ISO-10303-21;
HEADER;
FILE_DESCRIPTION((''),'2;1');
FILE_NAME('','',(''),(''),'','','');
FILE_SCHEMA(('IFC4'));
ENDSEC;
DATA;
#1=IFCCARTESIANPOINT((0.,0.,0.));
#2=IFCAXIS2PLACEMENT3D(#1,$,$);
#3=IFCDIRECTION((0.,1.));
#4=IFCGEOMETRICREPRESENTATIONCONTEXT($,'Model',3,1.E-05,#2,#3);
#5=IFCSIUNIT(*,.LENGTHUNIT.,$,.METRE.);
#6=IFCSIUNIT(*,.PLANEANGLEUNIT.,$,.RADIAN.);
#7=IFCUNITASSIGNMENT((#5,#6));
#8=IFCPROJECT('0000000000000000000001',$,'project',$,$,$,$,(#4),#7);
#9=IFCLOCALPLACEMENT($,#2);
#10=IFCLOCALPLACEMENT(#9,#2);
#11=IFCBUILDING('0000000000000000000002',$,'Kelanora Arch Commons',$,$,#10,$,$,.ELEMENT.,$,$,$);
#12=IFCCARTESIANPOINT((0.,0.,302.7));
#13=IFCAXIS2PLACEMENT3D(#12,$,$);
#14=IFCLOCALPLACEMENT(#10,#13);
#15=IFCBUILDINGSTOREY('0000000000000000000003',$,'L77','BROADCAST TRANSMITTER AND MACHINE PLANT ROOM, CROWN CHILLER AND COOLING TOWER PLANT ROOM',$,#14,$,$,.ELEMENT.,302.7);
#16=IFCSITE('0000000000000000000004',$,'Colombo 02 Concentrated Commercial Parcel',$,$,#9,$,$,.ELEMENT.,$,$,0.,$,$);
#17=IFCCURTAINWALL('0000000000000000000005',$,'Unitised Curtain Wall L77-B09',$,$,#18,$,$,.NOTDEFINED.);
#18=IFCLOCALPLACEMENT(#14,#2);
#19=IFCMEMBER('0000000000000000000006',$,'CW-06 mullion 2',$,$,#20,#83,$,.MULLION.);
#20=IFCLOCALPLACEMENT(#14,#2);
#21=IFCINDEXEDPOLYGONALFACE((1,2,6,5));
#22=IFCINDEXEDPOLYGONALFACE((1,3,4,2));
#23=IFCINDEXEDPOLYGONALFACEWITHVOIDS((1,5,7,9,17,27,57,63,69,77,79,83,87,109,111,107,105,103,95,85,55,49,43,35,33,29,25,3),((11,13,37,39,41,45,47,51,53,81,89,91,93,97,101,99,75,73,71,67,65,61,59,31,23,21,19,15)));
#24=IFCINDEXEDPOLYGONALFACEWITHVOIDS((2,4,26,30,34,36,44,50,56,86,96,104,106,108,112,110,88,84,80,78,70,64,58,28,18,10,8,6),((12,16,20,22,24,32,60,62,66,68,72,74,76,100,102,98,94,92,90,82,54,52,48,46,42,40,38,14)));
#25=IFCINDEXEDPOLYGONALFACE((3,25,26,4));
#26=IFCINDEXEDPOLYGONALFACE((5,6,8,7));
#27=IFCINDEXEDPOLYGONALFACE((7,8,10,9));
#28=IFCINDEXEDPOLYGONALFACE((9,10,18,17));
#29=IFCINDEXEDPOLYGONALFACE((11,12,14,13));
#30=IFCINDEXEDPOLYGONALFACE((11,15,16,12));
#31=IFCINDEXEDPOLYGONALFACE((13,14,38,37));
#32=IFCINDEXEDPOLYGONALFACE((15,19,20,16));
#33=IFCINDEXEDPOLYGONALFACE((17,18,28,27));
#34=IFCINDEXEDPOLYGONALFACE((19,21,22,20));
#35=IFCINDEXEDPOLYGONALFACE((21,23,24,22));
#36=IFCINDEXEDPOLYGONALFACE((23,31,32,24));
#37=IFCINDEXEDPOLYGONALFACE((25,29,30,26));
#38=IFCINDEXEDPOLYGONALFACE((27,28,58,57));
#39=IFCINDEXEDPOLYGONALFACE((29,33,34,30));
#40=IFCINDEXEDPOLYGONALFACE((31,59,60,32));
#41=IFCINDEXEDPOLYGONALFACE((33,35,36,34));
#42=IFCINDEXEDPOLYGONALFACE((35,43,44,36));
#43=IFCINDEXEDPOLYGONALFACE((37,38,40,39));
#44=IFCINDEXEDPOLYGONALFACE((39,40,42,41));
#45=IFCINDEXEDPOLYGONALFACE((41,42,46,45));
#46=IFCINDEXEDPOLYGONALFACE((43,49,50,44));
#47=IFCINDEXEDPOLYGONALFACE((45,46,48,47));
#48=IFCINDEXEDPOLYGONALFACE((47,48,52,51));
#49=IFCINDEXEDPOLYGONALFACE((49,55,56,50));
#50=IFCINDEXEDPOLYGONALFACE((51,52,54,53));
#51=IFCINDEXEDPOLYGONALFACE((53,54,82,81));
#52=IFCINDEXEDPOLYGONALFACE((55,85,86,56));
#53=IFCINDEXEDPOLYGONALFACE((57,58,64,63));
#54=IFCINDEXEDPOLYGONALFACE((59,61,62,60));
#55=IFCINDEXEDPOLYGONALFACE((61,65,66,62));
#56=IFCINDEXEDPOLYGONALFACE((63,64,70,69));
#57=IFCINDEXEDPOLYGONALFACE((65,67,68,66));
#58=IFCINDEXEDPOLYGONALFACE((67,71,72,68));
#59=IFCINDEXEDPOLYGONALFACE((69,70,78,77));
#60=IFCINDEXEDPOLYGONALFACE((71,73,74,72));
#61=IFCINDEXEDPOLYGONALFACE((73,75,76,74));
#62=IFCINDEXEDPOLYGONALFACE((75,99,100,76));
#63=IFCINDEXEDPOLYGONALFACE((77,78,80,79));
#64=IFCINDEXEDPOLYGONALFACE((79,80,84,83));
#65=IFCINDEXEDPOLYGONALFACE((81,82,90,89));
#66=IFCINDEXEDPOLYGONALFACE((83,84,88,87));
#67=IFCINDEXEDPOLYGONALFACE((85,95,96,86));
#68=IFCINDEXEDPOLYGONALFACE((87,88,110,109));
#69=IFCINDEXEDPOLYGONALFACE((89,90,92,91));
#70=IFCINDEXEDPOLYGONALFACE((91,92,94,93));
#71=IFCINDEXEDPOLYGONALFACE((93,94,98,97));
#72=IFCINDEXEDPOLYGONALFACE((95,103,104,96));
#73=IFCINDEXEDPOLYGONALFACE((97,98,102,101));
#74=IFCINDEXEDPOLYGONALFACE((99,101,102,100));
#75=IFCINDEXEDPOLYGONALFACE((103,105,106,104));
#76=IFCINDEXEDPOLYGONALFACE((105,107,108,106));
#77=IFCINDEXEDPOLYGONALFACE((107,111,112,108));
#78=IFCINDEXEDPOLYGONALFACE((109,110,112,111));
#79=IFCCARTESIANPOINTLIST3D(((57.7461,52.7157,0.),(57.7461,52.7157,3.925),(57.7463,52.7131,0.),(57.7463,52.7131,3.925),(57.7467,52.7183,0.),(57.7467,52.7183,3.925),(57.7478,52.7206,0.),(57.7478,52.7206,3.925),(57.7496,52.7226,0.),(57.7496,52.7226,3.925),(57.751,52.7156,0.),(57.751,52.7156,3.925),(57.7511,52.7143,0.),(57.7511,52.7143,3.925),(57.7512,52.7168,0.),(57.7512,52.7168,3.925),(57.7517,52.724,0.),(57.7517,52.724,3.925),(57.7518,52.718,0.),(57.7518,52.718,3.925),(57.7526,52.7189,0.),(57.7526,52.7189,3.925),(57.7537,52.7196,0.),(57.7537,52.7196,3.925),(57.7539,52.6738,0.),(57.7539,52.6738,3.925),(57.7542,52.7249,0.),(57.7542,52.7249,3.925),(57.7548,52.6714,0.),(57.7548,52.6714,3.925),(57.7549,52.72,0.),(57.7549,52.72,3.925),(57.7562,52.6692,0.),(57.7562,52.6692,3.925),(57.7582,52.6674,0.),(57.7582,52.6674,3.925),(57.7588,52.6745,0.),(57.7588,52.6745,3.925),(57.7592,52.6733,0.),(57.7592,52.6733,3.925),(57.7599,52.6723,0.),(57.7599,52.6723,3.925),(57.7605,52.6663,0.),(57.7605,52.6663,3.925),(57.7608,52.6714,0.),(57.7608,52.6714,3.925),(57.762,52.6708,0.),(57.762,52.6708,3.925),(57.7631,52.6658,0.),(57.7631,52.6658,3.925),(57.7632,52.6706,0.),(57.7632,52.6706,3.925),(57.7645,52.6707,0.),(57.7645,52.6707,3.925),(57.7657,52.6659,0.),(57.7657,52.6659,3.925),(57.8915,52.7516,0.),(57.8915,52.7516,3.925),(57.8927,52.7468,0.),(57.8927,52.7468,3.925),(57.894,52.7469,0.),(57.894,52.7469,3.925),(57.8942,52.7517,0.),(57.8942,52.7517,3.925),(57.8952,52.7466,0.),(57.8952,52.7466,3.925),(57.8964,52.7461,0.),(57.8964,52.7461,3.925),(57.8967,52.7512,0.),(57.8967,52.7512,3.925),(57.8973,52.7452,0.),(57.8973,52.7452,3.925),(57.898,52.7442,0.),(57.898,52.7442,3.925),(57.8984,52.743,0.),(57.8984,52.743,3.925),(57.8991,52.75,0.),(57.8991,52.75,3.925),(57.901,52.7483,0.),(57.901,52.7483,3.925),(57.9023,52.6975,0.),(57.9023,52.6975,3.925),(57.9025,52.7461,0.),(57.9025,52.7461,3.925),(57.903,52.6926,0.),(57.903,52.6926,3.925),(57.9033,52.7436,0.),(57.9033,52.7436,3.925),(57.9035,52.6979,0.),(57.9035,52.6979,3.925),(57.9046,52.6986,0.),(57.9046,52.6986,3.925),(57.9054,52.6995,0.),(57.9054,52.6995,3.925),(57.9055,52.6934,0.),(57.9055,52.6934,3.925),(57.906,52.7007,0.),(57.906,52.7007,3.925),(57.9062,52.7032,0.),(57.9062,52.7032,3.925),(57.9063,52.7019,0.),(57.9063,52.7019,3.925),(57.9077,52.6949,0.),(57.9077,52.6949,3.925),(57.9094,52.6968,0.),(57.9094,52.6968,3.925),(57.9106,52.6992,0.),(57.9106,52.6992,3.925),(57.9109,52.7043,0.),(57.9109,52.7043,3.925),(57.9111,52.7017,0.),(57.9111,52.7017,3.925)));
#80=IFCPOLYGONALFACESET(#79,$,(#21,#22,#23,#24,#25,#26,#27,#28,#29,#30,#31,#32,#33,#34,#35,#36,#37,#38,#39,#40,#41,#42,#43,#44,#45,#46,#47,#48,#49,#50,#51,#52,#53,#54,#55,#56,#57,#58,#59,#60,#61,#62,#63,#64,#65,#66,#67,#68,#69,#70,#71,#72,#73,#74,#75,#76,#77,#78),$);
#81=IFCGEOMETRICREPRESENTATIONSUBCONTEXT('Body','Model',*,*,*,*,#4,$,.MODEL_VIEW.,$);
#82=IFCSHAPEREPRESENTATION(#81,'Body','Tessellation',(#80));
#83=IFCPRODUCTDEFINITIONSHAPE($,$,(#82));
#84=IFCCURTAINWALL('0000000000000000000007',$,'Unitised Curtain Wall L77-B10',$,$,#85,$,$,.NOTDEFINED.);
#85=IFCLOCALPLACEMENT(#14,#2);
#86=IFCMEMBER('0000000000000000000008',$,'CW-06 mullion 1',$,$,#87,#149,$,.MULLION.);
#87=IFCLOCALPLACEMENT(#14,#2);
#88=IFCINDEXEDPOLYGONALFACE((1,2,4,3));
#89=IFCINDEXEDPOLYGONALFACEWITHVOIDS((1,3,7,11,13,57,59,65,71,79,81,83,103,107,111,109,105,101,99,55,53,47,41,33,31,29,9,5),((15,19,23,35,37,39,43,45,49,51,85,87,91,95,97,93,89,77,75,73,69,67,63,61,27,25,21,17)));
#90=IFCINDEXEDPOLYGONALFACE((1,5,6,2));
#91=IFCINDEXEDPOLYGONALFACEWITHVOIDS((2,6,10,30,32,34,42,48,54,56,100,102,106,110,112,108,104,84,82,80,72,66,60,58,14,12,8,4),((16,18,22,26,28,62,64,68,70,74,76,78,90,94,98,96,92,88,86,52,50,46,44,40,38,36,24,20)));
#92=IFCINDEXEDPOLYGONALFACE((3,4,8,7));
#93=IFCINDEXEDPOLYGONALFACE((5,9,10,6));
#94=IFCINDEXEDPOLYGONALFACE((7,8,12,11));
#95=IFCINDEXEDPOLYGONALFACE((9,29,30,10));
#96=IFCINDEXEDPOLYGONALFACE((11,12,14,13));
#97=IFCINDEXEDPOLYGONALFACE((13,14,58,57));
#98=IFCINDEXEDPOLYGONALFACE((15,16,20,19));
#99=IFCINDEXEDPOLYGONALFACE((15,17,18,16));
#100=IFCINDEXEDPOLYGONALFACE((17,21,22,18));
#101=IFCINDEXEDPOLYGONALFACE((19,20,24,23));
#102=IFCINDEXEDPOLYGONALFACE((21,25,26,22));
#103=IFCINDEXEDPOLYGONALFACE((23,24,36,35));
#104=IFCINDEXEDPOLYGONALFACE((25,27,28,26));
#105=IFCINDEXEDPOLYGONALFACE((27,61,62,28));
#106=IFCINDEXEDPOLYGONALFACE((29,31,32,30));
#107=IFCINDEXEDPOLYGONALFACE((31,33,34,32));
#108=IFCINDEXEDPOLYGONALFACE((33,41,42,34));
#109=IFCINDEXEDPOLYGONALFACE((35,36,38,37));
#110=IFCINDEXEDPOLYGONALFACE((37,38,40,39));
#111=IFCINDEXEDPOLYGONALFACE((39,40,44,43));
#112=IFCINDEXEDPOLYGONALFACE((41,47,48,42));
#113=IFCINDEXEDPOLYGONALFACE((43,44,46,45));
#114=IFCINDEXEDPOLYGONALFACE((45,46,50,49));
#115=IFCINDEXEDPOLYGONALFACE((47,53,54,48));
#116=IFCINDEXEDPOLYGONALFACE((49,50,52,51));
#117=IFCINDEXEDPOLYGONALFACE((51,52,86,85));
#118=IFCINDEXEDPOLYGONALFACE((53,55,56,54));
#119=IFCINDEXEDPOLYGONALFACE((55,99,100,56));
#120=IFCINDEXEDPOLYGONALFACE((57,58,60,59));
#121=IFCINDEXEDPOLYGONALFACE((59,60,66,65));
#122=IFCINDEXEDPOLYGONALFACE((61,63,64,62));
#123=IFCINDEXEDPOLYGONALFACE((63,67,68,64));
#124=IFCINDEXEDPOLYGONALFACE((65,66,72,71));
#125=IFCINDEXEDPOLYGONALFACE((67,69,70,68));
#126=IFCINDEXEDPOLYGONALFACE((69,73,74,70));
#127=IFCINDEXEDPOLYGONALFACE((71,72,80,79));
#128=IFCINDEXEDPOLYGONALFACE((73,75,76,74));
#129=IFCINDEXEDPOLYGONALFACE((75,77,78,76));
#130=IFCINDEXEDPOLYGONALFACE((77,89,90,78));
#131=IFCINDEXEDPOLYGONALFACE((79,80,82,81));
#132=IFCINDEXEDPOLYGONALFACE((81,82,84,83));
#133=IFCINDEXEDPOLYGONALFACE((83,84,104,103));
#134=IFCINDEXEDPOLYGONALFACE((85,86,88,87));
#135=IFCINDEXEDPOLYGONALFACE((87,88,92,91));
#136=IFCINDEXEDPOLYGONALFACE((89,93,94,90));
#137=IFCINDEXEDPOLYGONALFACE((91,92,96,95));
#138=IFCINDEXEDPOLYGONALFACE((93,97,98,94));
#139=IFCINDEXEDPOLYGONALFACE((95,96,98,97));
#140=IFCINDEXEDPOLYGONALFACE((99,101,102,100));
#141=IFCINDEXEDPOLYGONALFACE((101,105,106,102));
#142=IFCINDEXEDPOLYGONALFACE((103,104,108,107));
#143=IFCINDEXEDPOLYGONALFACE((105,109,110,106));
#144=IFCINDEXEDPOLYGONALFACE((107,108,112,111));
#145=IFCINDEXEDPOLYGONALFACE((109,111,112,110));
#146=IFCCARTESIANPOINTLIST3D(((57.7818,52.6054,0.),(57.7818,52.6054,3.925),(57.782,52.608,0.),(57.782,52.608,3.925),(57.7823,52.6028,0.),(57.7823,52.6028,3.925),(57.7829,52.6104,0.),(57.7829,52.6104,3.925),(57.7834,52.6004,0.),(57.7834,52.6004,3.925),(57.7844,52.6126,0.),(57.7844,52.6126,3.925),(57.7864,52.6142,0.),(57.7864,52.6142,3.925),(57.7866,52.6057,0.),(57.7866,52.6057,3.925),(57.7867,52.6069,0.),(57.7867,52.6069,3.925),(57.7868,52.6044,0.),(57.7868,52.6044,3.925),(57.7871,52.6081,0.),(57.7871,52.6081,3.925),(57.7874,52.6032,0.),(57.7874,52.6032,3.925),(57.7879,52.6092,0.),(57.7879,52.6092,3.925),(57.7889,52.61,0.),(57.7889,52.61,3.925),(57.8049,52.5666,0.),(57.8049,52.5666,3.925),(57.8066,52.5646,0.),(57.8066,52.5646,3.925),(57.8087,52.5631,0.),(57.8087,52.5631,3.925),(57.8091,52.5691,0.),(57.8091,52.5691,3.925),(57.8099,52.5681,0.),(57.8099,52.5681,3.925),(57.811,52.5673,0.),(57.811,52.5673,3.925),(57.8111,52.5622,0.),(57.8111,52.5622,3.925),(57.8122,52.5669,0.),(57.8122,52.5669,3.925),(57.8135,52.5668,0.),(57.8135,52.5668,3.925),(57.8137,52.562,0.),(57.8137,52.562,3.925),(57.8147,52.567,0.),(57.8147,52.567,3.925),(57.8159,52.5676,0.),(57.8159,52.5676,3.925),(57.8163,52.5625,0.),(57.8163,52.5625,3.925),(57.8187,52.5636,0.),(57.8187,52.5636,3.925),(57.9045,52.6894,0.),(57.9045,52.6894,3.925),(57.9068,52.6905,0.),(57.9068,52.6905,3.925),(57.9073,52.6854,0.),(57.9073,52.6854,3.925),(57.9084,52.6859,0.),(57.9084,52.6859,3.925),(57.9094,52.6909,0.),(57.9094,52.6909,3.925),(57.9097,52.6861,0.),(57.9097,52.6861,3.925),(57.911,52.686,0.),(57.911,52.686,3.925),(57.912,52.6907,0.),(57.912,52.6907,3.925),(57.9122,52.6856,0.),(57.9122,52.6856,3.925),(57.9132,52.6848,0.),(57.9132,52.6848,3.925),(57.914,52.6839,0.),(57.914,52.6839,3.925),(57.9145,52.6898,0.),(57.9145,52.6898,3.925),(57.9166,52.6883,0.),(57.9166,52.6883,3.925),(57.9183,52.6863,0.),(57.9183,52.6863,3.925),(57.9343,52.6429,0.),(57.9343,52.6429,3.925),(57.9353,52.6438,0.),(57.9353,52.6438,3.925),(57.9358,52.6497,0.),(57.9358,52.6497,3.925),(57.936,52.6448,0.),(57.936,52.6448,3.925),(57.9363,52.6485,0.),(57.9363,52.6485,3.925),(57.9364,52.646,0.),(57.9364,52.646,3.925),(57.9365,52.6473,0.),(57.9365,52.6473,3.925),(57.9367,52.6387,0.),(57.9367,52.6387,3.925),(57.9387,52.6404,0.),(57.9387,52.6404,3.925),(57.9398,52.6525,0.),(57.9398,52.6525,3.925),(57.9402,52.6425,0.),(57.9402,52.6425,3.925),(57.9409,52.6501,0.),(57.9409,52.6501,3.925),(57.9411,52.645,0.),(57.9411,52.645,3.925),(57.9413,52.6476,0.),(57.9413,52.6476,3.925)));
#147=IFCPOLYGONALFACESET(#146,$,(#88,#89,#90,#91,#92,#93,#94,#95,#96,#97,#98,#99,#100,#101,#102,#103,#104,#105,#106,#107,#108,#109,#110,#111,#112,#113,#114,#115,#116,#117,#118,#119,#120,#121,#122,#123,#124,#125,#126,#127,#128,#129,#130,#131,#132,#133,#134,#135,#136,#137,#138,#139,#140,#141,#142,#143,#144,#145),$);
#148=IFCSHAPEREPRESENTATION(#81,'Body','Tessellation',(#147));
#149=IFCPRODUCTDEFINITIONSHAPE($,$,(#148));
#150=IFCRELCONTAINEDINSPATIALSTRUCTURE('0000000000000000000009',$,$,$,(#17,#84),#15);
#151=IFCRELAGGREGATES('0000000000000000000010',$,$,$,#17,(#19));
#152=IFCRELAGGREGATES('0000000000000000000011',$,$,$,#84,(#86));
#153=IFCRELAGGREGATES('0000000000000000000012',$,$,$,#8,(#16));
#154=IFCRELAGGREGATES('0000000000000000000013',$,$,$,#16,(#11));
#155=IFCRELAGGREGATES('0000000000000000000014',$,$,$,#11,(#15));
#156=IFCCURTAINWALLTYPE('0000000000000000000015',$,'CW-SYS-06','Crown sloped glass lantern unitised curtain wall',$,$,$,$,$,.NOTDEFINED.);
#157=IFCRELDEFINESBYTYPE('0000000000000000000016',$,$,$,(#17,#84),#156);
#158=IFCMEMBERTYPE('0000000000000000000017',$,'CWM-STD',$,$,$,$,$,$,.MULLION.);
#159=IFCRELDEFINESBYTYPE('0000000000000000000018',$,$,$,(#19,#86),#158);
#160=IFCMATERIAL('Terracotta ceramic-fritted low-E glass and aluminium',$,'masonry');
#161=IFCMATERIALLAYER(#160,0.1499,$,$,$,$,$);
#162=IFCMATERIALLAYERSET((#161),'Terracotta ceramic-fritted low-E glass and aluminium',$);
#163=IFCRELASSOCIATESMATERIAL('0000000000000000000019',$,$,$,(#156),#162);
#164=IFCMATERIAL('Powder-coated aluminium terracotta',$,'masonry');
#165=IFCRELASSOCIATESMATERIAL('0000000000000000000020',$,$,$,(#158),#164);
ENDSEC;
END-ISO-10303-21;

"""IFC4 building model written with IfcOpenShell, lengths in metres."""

from ifc_helpers import new_model, si_unit, direction, frame, origin, origin_2d, place, context, subcontext, project, spatial, hollow_rectangle, extrude, material, layer, layer_set, material_profile, profile_set, type_object, element, aggregate, save


model = new_model("IFC4")

# Units and contexts
model_context = context("Model", 3, precision=1e-05, world=origin(), true_north=direction((0.0, 1.0)))
body_context = subcontext(model_context, "Body", "Model", "MODEL_VIEW")
ifc_project = project(units=[si_unit("LENGTHUNIT", "METRE"), si_unit("PLANEANGLEUNIT", "RADIAN")], contexts=[model_context])

# Site, building, storey
site_placement = place(None, origin())
site = spatial("IfcSite", under=ifc_project, at=site_placement, Name="Colombo 02 Concentrated Commercial Parcel", CompositionType="ELEMENT", RefElevation=0.0)
building_placement = place(site_placement, origin())
building = spatial("IfcBuilding", under=site, at=building_placement, Name="Kelanora Arch Commons", CompositionType="ELEMENT")
storey_placement = place(building_placement, frame((0.0, 0.0, 302.7)))
storey = spatial("IfcBuildingStorey", under=building, at=storey_placement, Name="L77", Description="BROADCAST TRANSMITTER AND MACHINE PLANT ROOM, CROWN CHILLER AND COOLING TOWER PLANT ROOM", CompositionType="ELEMENT", Elevation=302.7)

# Curtain walls, members
ifc_material_1 = material(Name="Terracotta ceramic-fritted low-E glass and aluminium", Category="masonry")
ifc_layer_1 = layer(ifc_material_1, 0.1499)
ifc_layer_set_1 = layer_set([ifc_layer_1], Name="Terracotta ceramic-fritted low-E glass and aluminium")
curtain_wall_type = type_object("IfcCurtainWallType", Name="CW-SYS-06", Description="Crown sloped glass lantern unitised curtain wall", PredefinedType="NOTDEFINED", material=ifc_layer_set_1)
curtain_wall_1_placement = place(storey_placement, origin())
curtain_wall_1 = element("IfcCurtainWall", 1, at=curtain_wall_1_placement, inside=storey, type_object=curtain_wall_type, Name="Unitised Curtain Wall L77-B09", PredefinedType="NOTDEFINED")
ifc_material_2 = material(Name="Powder-coated aluminium terracotta", Category="masonry")
ifc_material_profile_1 = material_profile(ifc_material_2, hollow_rectangle(XDim=0.1599, YDim=0.0601, WallThickness=0.0049, InnerFilletRadius=0.0049, OuterFilletRadius=0.01, at=origin_2d()), Name="CWM160x60")
ifc_profile_set_1 = profile_set([ifc_material_profile_1], Name="Powder-coated aluminium terracotta")
member_type_1 = type_object("IfcMemberType", Name="CWM-STD", PredefinedType="MULLION", material=ifc_profile_set_1)
member_1_placement = place(storey_placement, frame((57.8286, 52.7087, 0.0), z_axis=(0.0, 0.0, 1.0), x_axis=(0.981624, 0.190827, 0.0)))
member_1 = element("IfcMember", 2, at=member_1_placement, type_object=member_type_1, Name="CW-06 mullion 2", PredefinedType="MULLION", context=body_context, shape_type="SweptSolid", body=[
    extrude(hollow_rectangle(XDim=0.1599, YDim=0.0601, WallThickness=0.0049, InnerFilletRadius=0.0049, OuterFilletRadius=0.01, at=origin_2d()), origin(), (0.0, 0.0, 1.0), 3.925),
])
curtain_wall_2_placement = place(storey_placement, origin())
curtain_wall_2 = element("IfcCurtainWall", 3, at=curtain_wall_2_placement, inside=storey, type_object=curtain_wall_type, Name="Unitised Curtain Wall L77-B10", PredefinedType="NOTDEFINED")
member_2_placement = place(storey_placement, frame((57.8616, 52.6265, 0.0), z_axis=(0.0, 0.0, 1.0), x_axis=(0.843592, 0.536984, 0.0)))
member_2 = element("IfcMember", 4, at=member_2_placement, type_object=member_type_1, Name="CW-06 mullion 1", PredefinedType="MULLION", context=body_context, shape_type="SweptSolid", body=[
    extrude(hollow_rectangle(XDim=0.1599, YDim=0.0601, WallThickness=0.0049, InnerFilletRadius=0.0049, OuterFilletRadius=0.01, at=origin_2d()), origin(), (0.0, 0.0, 1.0), 3.925),
])

aggregate(curtain_wall_1, [member_1])
aggregate(curtain_wall_2, [member_2])

save(model, "model.ifc")
